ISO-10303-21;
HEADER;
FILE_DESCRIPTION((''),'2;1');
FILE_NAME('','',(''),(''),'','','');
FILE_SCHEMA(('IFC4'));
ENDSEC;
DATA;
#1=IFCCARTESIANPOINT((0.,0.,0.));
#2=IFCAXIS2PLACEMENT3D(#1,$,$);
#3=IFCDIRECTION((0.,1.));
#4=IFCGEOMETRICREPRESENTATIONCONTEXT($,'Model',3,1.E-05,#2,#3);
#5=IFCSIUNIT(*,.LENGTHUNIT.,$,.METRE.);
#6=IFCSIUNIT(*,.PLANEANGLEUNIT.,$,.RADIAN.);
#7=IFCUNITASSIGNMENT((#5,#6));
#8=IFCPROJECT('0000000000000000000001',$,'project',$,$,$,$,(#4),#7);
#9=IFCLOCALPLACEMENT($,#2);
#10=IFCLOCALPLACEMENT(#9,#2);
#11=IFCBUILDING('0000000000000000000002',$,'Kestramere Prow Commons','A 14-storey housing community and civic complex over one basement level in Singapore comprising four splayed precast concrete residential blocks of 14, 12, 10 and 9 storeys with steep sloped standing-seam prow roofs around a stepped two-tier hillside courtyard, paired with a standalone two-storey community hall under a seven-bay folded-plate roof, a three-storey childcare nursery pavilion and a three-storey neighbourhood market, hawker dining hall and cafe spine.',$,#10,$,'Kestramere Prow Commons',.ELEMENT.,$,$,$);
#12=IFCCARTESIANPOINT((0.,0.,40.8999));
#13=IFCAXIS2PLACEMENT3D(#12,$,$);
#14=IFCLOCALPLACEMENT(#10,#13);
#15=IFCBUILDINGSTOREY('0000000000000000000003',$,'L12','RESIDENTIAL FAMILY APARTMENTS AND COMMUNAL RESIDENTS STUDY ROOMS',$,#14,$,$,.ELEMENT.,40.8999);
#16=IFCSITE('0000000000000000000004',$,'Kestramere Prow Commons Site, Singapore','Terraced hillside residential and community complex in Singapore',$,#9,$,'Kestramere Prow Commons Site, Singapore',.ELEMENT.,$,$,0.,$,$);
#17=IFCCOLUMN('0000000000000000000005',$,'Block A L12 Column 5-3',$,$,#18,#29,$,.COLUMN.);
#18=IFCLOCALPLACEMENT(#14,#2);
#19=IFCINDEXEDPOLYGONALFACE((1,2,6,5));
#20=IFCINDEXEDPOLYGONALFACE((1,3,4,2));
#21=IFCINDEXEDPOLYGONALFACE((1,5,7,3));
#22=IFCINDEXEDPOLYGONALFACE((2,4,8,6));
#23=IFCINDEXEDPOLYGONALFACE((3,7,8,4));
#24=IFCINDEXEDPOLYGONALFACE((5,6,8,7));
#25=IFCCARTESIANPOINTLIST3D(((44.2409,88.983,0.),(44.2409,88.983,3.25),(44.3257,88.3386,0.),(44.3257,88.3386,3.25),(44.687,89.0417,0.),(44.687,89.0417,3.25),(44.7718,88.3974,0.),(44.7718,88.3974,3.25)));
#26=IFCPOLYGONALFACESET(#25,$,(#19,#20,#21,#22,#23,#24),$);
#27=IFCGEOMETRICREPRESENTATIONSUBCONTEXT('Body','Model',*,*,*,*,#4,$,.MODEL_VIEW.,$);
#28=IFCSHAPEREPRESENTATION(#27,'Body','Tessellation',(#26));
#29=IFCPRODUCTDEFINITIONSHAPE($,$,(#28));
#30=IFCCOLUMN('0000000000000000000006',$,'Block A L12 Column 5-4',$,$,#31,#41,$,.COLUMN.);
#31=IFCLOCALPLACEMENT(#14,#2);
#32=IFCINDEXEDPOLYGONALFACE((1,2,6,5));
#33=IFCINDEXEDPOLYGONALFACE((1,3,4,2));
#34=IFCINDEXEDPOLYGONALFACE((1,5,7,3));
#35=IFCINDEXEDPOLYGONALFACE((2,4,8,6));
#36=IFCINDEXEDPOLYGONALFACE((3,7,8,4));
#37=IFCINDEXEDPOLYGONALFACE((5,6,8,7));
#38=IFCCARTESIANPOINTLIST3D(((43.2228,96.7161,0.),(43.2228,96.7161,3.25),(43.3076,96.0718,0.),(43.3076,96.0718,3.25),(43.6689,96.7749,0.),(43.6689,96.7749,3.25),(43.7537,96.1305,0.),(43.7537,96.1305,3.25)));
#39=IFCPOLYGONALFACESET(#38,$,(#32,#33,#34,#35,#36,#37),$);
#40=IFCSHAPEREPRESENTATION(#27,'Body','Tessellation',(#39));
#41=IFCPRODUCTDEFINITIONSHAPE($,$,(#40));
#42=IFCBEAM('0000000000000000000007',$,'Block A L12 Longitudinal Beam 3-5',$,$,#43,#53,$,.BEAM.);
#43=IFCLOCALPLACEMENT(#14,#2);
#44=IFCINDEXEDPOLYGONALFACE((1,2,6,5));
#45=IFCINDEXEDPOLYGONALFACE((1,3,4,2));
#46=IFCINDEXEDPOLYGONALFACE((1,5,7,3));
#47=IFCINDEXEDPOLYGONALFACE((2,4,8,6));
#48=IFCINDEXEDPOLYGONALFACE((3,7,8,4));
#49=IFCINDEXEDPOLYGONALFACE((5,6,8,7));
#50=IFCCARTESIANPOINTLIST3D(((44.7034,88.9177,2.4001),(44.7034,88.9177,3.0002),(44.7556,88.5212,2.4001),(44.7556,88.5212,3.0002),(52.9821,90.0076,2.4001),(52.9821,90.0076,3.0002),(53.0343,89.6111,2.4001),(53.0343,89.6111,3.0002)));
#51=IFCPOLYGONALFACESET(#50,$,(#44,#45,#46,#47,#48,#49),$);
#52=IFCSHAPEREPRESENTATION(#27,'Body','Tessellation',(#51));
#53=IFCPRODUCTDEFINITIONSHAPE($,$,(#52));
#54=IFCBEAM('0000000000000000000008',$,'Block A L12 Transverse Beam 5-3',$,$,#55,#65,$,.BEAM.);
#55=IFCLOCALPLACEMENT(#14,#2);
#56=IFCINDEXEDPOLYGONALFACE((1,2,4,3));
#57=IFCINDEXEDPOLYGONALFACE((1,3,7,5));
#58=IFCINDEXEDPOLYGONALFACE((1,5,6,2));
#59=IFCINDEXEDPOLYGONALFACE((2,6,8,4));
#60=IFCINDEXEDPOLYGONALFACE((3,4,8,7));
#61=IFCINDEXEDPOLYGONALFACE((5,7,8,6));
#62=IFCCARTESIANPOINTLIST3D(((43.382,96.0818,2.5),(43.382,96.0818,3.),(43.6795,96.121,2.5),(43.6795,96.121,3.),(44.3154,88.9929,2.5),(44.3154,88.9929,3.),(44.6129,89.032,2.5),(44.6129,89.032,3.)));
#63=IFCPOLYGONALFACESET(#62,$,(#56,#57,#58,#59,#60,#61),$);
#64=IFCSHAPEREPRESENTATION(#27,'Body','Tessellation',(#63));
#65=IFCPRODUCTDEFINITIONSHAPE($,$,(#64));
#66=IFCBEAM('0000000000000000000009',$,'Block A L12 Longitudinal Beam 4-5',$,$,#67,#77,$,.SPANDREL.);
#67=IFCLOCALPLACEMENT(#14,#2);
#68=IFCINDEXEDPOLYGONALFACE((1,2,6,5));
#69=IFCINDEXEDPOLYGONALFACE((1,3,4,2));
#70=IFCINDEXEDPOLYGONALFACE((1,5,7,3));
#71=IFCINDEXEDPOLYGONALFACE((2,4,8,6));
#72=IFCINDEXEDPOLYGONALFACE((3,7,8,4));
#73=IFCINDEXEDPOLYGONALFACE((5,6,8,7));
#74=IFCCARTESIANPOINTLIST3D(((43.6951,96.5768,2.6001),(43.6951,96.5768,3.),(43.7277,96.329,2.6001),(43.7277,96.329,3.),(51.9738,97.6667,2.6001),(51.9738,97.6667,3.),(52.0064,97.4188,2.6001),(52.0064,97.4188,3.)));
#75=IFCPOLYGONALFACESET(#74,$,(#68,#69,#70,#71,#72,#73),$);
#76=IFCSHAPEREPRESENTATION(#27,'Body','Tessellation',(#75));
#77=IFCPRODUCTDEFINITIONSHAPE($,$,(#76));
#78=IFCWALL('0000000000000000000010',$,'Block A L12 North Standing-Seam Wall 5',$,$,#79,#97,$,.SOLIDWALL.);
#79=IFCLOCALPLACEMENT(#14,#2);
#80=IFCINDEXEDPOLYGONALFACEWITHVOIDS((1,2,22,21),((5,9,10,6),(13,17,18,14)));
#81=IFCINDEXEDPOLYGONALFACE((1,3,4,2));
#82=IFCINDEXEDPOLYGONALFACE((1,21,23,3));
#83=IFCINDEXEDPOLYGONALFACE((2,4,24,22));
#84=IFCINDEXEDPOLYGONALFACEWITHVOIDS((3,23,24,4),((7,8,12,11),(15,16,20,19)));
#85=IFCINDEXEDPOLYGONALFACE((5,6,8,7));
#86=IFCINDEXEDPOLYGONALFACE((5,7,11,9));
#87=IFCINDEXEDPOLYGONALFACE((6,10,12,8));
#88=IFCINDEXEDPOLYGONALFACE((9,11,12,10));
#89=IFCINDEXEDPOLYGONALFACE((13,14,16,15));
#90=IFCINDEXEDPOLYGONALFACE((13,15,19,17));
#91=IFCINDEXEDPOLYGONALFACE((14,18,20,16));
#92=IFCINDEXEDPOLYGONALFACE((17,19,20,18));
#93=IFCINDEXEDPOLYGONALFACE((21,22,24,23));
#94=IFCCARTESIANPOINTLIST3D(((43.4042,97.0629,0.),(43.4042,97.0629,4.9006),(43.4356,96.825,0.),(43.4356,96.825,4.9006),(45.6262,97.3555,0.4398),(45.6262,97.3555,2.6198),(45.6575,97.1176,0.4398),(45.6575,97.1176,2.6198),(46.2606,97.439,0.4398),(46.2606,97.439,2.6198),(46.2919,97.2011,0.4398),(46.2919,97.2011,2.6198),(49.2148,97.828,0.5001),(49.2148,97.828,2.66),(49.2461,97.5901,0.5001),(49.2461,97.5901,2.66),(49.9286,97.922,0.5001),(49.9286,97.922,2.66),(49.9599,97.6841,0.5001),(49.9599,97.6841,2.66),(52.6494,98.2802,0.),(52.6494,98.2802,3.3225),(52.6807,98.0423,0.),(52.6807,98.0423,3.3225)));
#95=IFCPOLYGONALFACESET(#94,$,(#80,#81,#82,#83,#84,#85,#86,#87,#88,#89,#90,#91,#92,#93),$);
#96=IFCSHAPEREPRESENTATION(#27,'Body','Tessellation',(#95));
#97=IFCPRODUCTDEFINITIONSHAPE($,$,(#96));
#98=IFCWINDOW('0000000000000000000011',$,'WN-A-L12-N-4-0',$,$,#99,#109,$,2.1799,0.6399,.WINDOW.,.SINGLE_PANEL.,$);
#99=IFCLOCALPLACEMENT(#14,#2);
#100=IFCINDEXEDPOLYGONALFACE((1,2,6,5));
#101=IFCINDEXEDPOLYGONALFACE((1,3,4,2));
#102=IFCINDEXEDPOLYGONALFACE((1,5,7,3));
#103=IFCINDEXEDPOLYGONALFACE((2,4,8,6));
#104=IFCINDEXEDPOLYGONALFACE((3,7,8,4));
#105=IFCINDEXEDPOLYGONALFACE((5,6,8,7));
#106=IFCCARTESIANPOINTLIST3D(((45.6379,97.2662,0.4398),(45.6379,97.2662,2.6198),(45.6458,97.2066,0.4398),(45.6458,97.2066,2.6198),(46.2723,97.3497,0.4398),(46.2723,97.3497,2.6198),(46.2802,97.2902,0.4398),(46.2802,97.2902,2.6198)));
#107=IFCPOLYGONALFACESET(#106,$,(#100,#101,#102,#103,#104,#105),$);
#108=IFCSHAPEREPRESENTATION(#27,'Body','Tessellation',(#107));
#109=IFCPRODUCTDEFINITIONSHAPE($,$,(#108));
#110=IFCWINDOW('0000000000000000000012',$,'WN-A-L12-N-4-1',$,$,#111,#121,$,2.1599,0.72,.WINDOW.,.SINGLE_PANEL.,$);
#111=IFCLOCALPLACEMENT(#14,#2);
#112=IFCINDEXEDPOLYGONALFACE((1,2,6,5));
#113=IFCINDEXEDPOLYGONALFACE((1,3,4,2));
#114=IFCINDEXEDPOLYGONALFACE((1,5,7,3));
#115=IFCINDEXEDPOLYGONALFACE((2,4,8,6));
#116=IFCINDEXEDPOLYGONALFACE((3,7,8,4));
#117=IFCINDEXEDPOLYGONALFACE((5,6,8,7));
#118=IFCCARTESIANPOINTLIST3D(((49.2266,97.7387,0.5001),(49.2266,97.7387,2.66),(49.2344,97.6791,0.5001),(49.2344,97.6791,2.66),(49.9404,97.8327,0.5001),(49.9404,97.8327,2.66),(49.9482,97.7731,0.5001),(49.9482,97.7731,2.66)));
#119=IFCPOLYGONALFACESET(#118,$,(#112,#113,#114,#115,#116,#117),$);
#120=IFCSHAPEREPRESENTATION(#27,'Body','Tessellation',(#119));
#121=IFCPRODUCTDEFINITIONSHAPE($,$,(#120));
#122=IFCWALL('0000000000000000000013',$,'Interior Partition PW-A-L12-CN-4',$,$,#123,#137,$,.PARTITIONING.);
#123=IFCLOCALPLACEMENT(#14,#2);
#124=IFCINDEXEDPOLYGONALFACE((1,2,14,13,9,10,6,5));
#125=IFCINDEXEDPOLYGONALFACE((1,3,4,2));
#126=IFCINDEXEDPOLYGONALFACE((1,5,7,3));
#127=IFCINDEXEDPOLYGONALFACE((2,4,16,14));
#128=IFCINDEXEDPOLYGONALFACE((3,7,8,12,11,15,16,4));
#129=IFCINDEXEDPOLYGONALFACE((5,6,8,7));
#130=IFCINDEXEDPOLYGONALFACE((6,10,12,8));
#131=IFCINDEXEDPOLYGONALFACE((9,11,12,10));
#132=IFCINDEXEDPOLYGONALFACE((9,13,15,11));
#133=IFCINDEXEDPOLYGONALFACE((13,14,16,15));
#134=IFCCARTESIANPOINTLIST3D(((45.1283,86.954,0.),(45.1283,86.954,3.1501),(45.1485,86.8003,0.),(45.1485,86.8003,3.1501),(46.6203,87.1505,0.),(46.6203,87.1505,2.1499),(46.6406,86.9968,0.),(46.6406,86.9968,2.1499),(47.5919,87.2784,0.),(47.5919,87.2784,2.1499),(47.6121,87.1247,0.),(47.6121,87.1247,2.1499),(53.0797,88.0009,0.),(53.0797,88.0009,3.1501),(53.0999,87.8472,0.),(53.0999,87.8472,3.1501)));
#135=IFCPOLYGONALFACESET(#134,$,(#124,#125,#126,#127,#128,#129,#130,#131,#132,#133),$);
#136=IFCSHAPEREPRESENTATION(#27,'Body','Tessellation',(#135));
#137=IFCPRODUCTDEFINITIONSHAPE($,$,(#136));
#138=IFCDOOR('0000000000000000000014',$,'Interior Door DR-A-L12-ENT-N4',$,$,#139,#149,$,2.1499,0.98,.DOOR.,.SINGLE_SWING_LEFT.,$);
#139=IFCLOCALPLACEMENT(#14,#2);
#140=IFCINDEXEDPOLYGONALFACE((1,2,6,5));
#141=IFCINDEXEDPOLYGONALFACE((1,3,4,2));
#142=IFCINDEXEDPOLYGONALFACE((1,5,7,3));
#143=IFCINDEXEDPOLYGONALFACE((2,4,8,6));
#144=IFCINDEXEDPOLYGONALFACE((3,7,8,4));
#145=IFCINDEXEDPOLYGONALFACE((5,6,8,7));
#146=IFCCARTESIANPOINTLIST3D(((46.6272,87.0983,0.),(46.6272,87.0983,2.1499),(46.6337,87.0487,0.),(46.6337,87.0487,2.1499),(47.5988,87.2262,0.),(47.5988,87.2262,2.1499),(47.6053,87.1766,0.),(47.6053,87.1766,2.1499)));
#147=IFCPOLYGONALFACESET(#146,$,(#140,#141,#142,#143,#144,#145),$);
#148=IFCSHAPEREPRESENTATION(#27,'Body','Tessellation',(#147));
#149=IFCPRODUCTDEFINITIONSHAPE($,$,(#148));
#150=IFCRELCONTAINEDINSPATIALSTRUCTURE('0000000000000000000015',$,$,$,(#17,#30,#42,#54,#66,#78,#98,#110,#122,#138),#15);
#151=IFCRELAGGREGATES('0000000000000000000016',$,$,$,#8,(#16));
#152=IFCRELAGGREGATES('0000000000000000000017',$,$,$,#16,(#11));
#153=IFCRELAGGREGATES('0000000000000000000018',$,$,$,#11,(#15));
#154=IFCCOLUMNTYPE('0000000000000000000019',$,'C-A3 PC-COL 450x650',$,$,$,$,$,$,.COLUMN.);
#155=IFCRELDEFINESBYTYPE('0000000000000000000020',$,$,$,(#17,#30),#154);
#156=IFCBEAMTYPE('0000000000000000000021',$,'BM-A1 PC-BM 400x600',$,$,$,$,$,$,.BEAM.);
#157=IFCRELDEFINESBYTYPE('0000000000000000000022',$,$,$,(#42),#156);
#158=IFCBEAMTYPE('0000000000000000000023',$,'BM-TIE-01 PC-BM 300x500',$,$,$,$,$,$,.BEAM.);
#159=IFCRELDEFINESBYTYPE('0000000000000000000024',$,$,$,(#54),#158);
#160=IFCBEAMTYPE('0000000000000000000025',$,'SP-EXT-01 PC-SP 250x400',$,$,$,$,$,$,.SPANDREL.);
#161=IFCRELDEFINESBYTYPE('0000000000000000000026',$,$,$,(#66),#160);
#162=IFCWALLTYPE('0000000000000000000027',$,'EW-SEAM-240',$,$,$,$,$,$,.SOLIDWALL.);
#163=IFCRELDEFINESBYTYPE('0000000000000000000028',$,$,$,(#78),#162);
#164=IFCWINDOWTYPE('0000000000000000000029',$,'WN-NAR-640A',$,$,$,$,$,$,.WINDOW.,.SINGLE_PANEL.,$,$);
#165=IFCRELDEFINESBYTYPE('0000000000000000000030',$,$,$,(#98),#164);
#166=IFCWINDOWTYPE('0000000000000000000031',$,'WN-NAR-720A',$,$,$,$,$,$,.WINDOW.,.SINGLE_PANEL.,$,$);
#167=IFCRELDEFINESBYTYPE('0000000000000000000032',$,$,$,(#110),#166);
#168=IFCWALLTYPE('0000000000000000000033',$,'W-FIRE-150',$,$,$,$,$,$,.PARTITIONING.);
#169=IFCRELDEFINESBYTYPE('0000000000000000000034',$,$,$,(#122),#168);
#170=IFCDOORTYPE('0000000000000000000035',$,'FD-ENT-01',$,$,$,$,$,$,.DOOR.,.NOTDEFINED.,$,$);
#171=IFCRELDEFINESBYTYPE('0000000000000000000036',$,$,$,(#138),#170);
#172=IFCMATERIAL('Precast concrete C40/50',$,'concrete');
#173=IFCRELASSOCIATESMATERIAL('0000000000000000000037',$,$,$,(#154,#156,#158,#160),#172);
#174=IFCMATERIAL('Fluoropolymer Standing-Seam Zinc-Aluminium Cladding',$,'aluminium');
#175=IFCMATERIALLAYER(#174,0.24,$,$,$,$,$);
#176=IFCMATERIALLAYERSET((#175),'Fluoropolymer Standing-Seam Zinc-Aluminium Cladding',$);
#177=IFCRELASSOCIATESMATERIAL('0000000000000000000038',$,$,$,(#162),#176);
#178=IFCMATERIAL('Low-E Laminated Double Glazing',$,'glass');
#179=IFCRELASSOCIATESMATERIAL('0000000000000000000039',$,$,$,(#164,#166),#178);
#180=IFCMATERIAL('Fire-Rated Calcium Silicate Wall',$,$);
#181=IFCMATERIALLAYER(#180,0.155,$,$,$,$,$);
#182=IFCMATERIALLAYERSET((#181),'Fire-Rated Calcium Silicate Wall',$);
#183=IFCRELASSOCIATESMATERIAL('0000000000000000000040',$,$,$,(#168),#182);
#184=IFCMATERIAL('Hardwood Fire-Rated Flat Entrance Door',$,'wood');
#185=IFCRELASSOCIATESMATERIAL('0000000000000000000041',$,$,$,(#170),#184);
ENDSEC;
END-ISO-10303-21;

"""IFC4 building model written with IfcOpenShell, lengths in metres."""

from ifc_helpers import new_model, si_unit, direction, frame, frame_2d, origin, origin_2d, place, context, subcontext, project, spatial, polyline, rectangle, outline, extrude, material, layer, layer_set, material_profile, profile_set, type_object, element, fill, save


model = new_model("IFC4")

# Units and contexts
model_context = context("Model", 3, precision=1e-05, world=origin(), true_north=direction((0.0, 1.0)))
body_context = subcontext(model_context, "Body", "Model", "MODEL_VIEW")
ifc_project = project(units=[si_unit("LENGTHUNIT", "METRE"), si_unit("PLANEANGLEUNIT", "RADIAN")], contexts=[model_context])

# Site, building, storey
site_placement = place(None, origin())
site = spatial("IfcSite", under=ifc_project, at=site_placement, Name="Kestramere Prow Commons Site, Singapore", Description="Terraced hillside residential and community complex in Singapore", LongName="Kestramere Prow Commons Site, Singapore", CompositionType="ELEMENT", RefElevation=0.0)
building_placement = place(site_placement, origin())
building = spatial("IfcBuilding", under=site, at=building_placement, Name="Kestramere Prow Commons", Description="A 14-storey housing community and civic complex over one basement level in Singapore comprising four splayed precast concrete residential blocks of 14, 12, 10 and 9 storeys with steep sloped standing-seam prow roofs around a stepped two-tier hillside courtyard, paired with a standalone two-storey community hall under a seven-bay folded-plate roof, a three-storey childcare nursery pavilion and a three-storey neighbourhood market, hawker dining hall and cafe spine.", LongName="Kestramere Prow Commons", CompositionType="ELEMENT")
storey_placement = place(building_placement, frame((0.0, 0.0, 40.8999)))
storey = spatial("IfcBuildingStorey", under=building, at=storey_placement, Name="L12", Description="RESIDENTIAL FAMILY APARTMENTS AND COMMUNAL RESIDENTS STUDY ROOMS", CompositionType="ELEMENT", Elevation=40.8999)

# Columns
ifc_material_1 = material(Name="Precast concrete C40/50", Category="concrete")
ifc_material_profile_1 = material_profile(ifc_material_1, rectangle(XDim=0.45, YDim=0.6499, at=origin_2d()), Name="PC-COL 450x650")
ifc_profile_set_1 = profile_set([ifc_material_profile_1], Name="Precast concrete C40/50")
column_type = type_object("IfcColumnType", Name="C-A3 PC-COL 450x650", PredefinedType="COLUMN", material=ifc_profile_set_1)
for number, where, z_axis, x_axis, name in (
    (1, (44.5063, 88.6902, 0.0), (0.0, 0.0, 1.0), (0.991445, 0.130526, 0.0), "Block A L12 Column 5-3"),
    (2, (43.4883, 96.4233, 0.0), (0.0, 0.0, 1.0), (0.991445, 0.130526, 0.0), "Block A L12 Column 5-4"),
):
    element("IfcColumn", number, at=place(storey_placement, frame(where, z_axis=z_axis, x_axis=x_axis)), inside=storey, type_object=column_type, Name=name, PredefinedType="COLUMN", context=body_context, shape_type="SweptSolid", body=[
        extrude(rectangle(XDim=0.45, YDim=0.6499, at=origin_2d()), origin(), (0.0, 0.0, 1.0), 3.25),
    ])

# Beams
ifc_material_profile_2 = material_profile(ifc_material_1, rectangle(XDim=0.3999, YDim=0.6001, at=origin_2d()), Name="PC-BM 400x600")
ifc_profile_set_2 = profile_set([ifc_material_profile_2], Name="Precast concrete C40/50")
beam_type_1 = type_object("IfcBeamType", Name="BM-A1 PC-BM 400x600", PredefinedType="BEAM", material=ifc_profile_set_2)
beam_1_placement = place(storey_placement, frame((44.7295, 88.7195, 2.7002), z_axis=(0.991446, 0.13052, 0.0), x_axis=(-0.13052, 0.991446, 0.0)))
element("IfcBeam", 3, at=beam_1_placement, inside=storey, type_object=beam_type_1, Name="Block A L12 Longitudinal Beam 3-5", PredefinedType="BEAM", context=body_context, shape_type="SweptSolid", body=[
    extrude(rectangle(XDim=0.3999, YDim=0.6001, at=origin_2d()), origin(), (0.0, 0.0, 1.0), 8.3501),
])
ifc_material_profile_3 = material_profile(ifc_material_1, rectangle(XDim=0.3, YDim=0.5, at=origin_2d()), Name="PC-BM 300x500")
ifc_profile_set_3 = profile_set([ifc_material_profile_3], Name="Precast concrete C40/50")
beam_type_2 = type_object("IfcBeamType", Name="BM-TIE-01 PC-BM 300x500", PredefinedType="BEAM", material=ifc_profile_set_3)
beam_2_placement = place(storey_placement, frame((44.4641, 89.0125, 2.75), z_axis=(-0.130538, 0.991443, 0.0), x_axis=(-0.991443, -0.130538, 0.0)))
element("IfcBeam", 4, at=beam_2_placement, inside=storey, type_object=beam_type_2, Name="Block A L12 Transverse Beam 5-3", PredefinedType="BEAM", context=body_context, shape_type="SweptSolid", body=[
    extrude(rectangle(XDim=0.3, YDim=0.5, at=origin_2d()), origin(), (0.0, 0.0, 1.0), 7.1501),
])
ifc_material_profile_4 = material_profile(ifc_material_1, rectangle(XDim=0.25, YDim=0.3999, at=origin_2d()), Name="PC-SP 250x400")
ifc_profile_set_4 = profile_set([ifc_material_profile_4], Name="Precast concrete C40/50")
beam_type_3 = type_object("IfcBeamType", Name="SP-EXT-01 PC-SP 250x400", PredefinedType="SPANDREL", material=ifc_profile_set_4)
beam_3_placement = place(storey_placement, frame((43.7114, 96.4529, 2.8), z_axis=(0.991446, 0.13052, 0.0), x_axis=(-0.13052, 0.991446, 0.0)))
element("IfcBeam", 5, at=beam_3_placement, inside=storey, type_object=beam_type_3, Name="Block A L12 Longitudinal Beam 4-5", PredefinedType="SPANDREL", context=body_context, shape_type="SweptSolid", body=[
    extrude(rectangle(XDim=0.25, YDim=0.3999, at=origin_2d()), origin(), (0.0, 0.0, 1.0), 8.3501),
])

# Wall, openings, windows
ifc_material_2 = material(Name="Fluoropolymer Standing-Seam Zinc-Aluminium Cladding", Category="aluminium")
ifc_layer_1 = layer(ifc_material_2, 0.24)
ifc_layer_set_1 = layer_set([ifc_layer_1], Name="Fluoropolymer Standing-Seam Zinc-Aluminium Cladding")
wall_type_1 = type_object("IfcWallType", Name="EW-SEAM-240", PredefinedType="SOLIDWALL", material=ifc_layer_set_1)
wall_1_placement = place(storey_placement, frame((43.4199, 96.9438, 0.0), z_axis=(0.0, 0.0, 1.0), x_axis=(0.991443, 0.130541, 0.0)))
wall_1 = element("IfcWall", 6, at=wall_1_placement, inside=storey, type_object=wall_type_1, Name="Block A L12 North Standing-Seam Wall 5", PredefinedType="SOLIDWALL", context=body_context, shape_type="SweptSolid", body=[
    extrude(outline(polyline([(0.0, 0.0), (9.325, 0.0), (9.325, 3.3225), (0.0, 4.9006), (0.0, 0.0)])), frame((0.0, 0.1201, 0.0), z_axis=(0.0, -1.0, 0.0), x_axis=(1.0, 0.0, 0.0)), (0.0, 0.0, 1.0), 0.24),
])
opening_1_placement = place(wall_1_placement, frame((2.2412, 0.0, 0.4399)))
opening_1 = element("IfcOpeningElement", 7, at=opening_1_placement, cuts=wall_1, PredefinedType="OPENING", context=body_context, shape_type="SweptSolid", body=[
    extrude(rectangle(XDim=0.6399, YDim=2.1799, at=frame_2d((0.3198, 1.0898))), frame((0.0, 0.135, 0.0), z_axis=(0.0, -1.0, 0.0), x_axis=(1.0, 0.0, 0.0)), (0.0, 0.0, 1.0), 0.27),
])
opening_2_placement = place(wall_1_placement, frame((5.8608, 0.0, 0.5)))
opening_2 = element("IfcOpeningElement", 8, at=opening_2_placement, cuts=wall_1, PredefinedType="OPENING", context=body_context, shape_type="SweptSolid", body=[
    extrude(rectangle(XDim=0.72, YDim=2.1599, at=frame_2d((0.3599, 1.0801))), frame((0.0, 0.135, 0.0), z_axis=(0.0, -1.0, 0.0), x_axis=(1.0, 0.0, 0.0)), (0.0, 0.0, 1.0), 0.27),
])
ifc_material_3 = material(Name="Low-E Laminated Double Glazing", Category="glass")
window_type_1 = type_object("IfcWindowType", Name="WN-NAR-640A", PartitioningType="SINGLE_PANEL", PredefinedType="WINDOW", material=ifc_material_3)
window_1_placement = place(opening_1_placement, origin())
window_1 = element("IfcWindow", 9, at=window_1_placement, inside=storey, type_object=window_type_1, Name="WN-A-L12-N-4-0", OverallHeight=2.1799, OverallWidth=0.6399, PartitioningType="SINGLE_PANEL", PredefinedType="WINDOW", context=body_context, shape_type="SweptSolid", body=[
    extrude(rectangle(XDim=0.6399, YDim=2.1799, at=frame_2d((0.3198, 1.0898))), frame((0.0, 0.03, 0.0), z_axis=(0.0, -1.0, 0.0), x_axis=(1.0, 0.0, 0.0)), (0.0, 0.0, 1.0), 0.0601),
])
fill(opening_1, window_1)
window_type_2 = type_object("IfcWindowType", Name="WN-NAR-720A", PartitioningType="SINGLE_PANEL", PredefinedType="WINDOW", material=ifc_material_3)
window_2_placement = place(opening_2_placement, origin())
window_2 = element("IfcWindow", 10, at=window_2_placement, inside=storey, type_object=window_type_2, Name="WN-A-L12-N-4-1", OverallHeight=2.1599, OverallWidth=0.72, PartitioningType="SINGLE_PANEL", PredefinedType="WINDOW", context=body_context, shape_type="SweptSolid", body=[
    extrude(rectangle(XDim=0.72, YDim=2.1599, at=frame_2d((0.3599, 1.0801))), frame((0.0, 0.03, 0.0), z_axis=(0.0, -1.0, 0.0), x_axis=(1.0, 0.0, 0.0)), (0.0, 0.0, 1.0), 0.0601),
])
fill(opening_2, window_2)

# Wall, opening, door
ifc_material_4 = material(Name="Fire-Rated Calcium Silicate Wall")
ifc_layer_2 = layer(ifc_material_4, 0.155)
ifc_layer_set_2 = layer_set([ifc_layer_2], Name="Fire-Rated Calcium Silicate Wall")
wall_type_2 = type_object("IfcWallType", Name="W-FIRE-150", PredefinedType="PARTITIONING", material=ifc_layer_set_2)
wall_2_placement = place(storey_placement, frame((45.1384, 86.8772, 0.0), z_axis=(0.0, 0.0, 1.0), x_axis=(0.991444, 0.130532, 0.0)))
wall_2 = element("IfcWall", 11, at=wall_2_placement, inside=storey, type_object=wall_type_2, Name="Interior Partition PW-A-L12-CN-4", PredefinedType="PARTITIONING", context=body_context, shape_type="SweptSolid", body=[
    extrude(rectangle(XDim=8.02, YDim=0.155, at=frame_2d((4.01, 0.0))), origin(), (0.0, 0.0, 1.0), 3.1501),
])
opening_3_placement = place(wall_2_placement, frame((1.5049, 0.0, 0.0)))
opening_3 = element("IfcOpeningElement", 12, at=opening_3_placement, cuts=wall_2, PredefinedType="OPENING", context=body_context, shape_type="SweptSolid", body=[
    extrude(rectangle(XDim=0.98, YDim=2.1499, at=frame_2d((0.49, 1.075))), frame((0.0, 0.0925, 0.0), z_axis=(0.0, -1.0, 0.0), x_axis=(1.0, 0.0, 0.0)), (0.0, 0.0, 1.0), 0.1851),
])
ifc_material_5 = material(Name="Hardwood Fire-Rated Flat Entrance Door", Category="wood")
door_type_1 = type_object("IfcDoorType", Name="FD-ENT-01", OperationType="NOTDEFINED", PredefinedType="DOOR", material=ifc_material_5)
door_1_placement = place(opening_3_placement, origin())
door_1 = element("IfcDoor", 13, at=door_1_placement, inside=storey, type_object=door_type_1, Name="Interior Door DR-A-L12-ENT-N4", OperationType="SINGLE_SWING_LEFT", OverallHeight=2.1499, OverallWidth=0.98, PredefinedType="DOOR", context=body_context, shape_type="SweptSolid", body=[
    extrude(rectangle(XDim=0.98, YDim=2.1499, at=frame_2d((0.49, 1.075))), frame((0.0, 0.0249, 0.0), z_axis=(0.0, -1.0, 0.0), x_axis=(1.0, 0.0, 0.0)), (0.0, 0.0, 1.0), 0.05),
])
fill(opening_3, door_1)

save(model, "model.ifc")
